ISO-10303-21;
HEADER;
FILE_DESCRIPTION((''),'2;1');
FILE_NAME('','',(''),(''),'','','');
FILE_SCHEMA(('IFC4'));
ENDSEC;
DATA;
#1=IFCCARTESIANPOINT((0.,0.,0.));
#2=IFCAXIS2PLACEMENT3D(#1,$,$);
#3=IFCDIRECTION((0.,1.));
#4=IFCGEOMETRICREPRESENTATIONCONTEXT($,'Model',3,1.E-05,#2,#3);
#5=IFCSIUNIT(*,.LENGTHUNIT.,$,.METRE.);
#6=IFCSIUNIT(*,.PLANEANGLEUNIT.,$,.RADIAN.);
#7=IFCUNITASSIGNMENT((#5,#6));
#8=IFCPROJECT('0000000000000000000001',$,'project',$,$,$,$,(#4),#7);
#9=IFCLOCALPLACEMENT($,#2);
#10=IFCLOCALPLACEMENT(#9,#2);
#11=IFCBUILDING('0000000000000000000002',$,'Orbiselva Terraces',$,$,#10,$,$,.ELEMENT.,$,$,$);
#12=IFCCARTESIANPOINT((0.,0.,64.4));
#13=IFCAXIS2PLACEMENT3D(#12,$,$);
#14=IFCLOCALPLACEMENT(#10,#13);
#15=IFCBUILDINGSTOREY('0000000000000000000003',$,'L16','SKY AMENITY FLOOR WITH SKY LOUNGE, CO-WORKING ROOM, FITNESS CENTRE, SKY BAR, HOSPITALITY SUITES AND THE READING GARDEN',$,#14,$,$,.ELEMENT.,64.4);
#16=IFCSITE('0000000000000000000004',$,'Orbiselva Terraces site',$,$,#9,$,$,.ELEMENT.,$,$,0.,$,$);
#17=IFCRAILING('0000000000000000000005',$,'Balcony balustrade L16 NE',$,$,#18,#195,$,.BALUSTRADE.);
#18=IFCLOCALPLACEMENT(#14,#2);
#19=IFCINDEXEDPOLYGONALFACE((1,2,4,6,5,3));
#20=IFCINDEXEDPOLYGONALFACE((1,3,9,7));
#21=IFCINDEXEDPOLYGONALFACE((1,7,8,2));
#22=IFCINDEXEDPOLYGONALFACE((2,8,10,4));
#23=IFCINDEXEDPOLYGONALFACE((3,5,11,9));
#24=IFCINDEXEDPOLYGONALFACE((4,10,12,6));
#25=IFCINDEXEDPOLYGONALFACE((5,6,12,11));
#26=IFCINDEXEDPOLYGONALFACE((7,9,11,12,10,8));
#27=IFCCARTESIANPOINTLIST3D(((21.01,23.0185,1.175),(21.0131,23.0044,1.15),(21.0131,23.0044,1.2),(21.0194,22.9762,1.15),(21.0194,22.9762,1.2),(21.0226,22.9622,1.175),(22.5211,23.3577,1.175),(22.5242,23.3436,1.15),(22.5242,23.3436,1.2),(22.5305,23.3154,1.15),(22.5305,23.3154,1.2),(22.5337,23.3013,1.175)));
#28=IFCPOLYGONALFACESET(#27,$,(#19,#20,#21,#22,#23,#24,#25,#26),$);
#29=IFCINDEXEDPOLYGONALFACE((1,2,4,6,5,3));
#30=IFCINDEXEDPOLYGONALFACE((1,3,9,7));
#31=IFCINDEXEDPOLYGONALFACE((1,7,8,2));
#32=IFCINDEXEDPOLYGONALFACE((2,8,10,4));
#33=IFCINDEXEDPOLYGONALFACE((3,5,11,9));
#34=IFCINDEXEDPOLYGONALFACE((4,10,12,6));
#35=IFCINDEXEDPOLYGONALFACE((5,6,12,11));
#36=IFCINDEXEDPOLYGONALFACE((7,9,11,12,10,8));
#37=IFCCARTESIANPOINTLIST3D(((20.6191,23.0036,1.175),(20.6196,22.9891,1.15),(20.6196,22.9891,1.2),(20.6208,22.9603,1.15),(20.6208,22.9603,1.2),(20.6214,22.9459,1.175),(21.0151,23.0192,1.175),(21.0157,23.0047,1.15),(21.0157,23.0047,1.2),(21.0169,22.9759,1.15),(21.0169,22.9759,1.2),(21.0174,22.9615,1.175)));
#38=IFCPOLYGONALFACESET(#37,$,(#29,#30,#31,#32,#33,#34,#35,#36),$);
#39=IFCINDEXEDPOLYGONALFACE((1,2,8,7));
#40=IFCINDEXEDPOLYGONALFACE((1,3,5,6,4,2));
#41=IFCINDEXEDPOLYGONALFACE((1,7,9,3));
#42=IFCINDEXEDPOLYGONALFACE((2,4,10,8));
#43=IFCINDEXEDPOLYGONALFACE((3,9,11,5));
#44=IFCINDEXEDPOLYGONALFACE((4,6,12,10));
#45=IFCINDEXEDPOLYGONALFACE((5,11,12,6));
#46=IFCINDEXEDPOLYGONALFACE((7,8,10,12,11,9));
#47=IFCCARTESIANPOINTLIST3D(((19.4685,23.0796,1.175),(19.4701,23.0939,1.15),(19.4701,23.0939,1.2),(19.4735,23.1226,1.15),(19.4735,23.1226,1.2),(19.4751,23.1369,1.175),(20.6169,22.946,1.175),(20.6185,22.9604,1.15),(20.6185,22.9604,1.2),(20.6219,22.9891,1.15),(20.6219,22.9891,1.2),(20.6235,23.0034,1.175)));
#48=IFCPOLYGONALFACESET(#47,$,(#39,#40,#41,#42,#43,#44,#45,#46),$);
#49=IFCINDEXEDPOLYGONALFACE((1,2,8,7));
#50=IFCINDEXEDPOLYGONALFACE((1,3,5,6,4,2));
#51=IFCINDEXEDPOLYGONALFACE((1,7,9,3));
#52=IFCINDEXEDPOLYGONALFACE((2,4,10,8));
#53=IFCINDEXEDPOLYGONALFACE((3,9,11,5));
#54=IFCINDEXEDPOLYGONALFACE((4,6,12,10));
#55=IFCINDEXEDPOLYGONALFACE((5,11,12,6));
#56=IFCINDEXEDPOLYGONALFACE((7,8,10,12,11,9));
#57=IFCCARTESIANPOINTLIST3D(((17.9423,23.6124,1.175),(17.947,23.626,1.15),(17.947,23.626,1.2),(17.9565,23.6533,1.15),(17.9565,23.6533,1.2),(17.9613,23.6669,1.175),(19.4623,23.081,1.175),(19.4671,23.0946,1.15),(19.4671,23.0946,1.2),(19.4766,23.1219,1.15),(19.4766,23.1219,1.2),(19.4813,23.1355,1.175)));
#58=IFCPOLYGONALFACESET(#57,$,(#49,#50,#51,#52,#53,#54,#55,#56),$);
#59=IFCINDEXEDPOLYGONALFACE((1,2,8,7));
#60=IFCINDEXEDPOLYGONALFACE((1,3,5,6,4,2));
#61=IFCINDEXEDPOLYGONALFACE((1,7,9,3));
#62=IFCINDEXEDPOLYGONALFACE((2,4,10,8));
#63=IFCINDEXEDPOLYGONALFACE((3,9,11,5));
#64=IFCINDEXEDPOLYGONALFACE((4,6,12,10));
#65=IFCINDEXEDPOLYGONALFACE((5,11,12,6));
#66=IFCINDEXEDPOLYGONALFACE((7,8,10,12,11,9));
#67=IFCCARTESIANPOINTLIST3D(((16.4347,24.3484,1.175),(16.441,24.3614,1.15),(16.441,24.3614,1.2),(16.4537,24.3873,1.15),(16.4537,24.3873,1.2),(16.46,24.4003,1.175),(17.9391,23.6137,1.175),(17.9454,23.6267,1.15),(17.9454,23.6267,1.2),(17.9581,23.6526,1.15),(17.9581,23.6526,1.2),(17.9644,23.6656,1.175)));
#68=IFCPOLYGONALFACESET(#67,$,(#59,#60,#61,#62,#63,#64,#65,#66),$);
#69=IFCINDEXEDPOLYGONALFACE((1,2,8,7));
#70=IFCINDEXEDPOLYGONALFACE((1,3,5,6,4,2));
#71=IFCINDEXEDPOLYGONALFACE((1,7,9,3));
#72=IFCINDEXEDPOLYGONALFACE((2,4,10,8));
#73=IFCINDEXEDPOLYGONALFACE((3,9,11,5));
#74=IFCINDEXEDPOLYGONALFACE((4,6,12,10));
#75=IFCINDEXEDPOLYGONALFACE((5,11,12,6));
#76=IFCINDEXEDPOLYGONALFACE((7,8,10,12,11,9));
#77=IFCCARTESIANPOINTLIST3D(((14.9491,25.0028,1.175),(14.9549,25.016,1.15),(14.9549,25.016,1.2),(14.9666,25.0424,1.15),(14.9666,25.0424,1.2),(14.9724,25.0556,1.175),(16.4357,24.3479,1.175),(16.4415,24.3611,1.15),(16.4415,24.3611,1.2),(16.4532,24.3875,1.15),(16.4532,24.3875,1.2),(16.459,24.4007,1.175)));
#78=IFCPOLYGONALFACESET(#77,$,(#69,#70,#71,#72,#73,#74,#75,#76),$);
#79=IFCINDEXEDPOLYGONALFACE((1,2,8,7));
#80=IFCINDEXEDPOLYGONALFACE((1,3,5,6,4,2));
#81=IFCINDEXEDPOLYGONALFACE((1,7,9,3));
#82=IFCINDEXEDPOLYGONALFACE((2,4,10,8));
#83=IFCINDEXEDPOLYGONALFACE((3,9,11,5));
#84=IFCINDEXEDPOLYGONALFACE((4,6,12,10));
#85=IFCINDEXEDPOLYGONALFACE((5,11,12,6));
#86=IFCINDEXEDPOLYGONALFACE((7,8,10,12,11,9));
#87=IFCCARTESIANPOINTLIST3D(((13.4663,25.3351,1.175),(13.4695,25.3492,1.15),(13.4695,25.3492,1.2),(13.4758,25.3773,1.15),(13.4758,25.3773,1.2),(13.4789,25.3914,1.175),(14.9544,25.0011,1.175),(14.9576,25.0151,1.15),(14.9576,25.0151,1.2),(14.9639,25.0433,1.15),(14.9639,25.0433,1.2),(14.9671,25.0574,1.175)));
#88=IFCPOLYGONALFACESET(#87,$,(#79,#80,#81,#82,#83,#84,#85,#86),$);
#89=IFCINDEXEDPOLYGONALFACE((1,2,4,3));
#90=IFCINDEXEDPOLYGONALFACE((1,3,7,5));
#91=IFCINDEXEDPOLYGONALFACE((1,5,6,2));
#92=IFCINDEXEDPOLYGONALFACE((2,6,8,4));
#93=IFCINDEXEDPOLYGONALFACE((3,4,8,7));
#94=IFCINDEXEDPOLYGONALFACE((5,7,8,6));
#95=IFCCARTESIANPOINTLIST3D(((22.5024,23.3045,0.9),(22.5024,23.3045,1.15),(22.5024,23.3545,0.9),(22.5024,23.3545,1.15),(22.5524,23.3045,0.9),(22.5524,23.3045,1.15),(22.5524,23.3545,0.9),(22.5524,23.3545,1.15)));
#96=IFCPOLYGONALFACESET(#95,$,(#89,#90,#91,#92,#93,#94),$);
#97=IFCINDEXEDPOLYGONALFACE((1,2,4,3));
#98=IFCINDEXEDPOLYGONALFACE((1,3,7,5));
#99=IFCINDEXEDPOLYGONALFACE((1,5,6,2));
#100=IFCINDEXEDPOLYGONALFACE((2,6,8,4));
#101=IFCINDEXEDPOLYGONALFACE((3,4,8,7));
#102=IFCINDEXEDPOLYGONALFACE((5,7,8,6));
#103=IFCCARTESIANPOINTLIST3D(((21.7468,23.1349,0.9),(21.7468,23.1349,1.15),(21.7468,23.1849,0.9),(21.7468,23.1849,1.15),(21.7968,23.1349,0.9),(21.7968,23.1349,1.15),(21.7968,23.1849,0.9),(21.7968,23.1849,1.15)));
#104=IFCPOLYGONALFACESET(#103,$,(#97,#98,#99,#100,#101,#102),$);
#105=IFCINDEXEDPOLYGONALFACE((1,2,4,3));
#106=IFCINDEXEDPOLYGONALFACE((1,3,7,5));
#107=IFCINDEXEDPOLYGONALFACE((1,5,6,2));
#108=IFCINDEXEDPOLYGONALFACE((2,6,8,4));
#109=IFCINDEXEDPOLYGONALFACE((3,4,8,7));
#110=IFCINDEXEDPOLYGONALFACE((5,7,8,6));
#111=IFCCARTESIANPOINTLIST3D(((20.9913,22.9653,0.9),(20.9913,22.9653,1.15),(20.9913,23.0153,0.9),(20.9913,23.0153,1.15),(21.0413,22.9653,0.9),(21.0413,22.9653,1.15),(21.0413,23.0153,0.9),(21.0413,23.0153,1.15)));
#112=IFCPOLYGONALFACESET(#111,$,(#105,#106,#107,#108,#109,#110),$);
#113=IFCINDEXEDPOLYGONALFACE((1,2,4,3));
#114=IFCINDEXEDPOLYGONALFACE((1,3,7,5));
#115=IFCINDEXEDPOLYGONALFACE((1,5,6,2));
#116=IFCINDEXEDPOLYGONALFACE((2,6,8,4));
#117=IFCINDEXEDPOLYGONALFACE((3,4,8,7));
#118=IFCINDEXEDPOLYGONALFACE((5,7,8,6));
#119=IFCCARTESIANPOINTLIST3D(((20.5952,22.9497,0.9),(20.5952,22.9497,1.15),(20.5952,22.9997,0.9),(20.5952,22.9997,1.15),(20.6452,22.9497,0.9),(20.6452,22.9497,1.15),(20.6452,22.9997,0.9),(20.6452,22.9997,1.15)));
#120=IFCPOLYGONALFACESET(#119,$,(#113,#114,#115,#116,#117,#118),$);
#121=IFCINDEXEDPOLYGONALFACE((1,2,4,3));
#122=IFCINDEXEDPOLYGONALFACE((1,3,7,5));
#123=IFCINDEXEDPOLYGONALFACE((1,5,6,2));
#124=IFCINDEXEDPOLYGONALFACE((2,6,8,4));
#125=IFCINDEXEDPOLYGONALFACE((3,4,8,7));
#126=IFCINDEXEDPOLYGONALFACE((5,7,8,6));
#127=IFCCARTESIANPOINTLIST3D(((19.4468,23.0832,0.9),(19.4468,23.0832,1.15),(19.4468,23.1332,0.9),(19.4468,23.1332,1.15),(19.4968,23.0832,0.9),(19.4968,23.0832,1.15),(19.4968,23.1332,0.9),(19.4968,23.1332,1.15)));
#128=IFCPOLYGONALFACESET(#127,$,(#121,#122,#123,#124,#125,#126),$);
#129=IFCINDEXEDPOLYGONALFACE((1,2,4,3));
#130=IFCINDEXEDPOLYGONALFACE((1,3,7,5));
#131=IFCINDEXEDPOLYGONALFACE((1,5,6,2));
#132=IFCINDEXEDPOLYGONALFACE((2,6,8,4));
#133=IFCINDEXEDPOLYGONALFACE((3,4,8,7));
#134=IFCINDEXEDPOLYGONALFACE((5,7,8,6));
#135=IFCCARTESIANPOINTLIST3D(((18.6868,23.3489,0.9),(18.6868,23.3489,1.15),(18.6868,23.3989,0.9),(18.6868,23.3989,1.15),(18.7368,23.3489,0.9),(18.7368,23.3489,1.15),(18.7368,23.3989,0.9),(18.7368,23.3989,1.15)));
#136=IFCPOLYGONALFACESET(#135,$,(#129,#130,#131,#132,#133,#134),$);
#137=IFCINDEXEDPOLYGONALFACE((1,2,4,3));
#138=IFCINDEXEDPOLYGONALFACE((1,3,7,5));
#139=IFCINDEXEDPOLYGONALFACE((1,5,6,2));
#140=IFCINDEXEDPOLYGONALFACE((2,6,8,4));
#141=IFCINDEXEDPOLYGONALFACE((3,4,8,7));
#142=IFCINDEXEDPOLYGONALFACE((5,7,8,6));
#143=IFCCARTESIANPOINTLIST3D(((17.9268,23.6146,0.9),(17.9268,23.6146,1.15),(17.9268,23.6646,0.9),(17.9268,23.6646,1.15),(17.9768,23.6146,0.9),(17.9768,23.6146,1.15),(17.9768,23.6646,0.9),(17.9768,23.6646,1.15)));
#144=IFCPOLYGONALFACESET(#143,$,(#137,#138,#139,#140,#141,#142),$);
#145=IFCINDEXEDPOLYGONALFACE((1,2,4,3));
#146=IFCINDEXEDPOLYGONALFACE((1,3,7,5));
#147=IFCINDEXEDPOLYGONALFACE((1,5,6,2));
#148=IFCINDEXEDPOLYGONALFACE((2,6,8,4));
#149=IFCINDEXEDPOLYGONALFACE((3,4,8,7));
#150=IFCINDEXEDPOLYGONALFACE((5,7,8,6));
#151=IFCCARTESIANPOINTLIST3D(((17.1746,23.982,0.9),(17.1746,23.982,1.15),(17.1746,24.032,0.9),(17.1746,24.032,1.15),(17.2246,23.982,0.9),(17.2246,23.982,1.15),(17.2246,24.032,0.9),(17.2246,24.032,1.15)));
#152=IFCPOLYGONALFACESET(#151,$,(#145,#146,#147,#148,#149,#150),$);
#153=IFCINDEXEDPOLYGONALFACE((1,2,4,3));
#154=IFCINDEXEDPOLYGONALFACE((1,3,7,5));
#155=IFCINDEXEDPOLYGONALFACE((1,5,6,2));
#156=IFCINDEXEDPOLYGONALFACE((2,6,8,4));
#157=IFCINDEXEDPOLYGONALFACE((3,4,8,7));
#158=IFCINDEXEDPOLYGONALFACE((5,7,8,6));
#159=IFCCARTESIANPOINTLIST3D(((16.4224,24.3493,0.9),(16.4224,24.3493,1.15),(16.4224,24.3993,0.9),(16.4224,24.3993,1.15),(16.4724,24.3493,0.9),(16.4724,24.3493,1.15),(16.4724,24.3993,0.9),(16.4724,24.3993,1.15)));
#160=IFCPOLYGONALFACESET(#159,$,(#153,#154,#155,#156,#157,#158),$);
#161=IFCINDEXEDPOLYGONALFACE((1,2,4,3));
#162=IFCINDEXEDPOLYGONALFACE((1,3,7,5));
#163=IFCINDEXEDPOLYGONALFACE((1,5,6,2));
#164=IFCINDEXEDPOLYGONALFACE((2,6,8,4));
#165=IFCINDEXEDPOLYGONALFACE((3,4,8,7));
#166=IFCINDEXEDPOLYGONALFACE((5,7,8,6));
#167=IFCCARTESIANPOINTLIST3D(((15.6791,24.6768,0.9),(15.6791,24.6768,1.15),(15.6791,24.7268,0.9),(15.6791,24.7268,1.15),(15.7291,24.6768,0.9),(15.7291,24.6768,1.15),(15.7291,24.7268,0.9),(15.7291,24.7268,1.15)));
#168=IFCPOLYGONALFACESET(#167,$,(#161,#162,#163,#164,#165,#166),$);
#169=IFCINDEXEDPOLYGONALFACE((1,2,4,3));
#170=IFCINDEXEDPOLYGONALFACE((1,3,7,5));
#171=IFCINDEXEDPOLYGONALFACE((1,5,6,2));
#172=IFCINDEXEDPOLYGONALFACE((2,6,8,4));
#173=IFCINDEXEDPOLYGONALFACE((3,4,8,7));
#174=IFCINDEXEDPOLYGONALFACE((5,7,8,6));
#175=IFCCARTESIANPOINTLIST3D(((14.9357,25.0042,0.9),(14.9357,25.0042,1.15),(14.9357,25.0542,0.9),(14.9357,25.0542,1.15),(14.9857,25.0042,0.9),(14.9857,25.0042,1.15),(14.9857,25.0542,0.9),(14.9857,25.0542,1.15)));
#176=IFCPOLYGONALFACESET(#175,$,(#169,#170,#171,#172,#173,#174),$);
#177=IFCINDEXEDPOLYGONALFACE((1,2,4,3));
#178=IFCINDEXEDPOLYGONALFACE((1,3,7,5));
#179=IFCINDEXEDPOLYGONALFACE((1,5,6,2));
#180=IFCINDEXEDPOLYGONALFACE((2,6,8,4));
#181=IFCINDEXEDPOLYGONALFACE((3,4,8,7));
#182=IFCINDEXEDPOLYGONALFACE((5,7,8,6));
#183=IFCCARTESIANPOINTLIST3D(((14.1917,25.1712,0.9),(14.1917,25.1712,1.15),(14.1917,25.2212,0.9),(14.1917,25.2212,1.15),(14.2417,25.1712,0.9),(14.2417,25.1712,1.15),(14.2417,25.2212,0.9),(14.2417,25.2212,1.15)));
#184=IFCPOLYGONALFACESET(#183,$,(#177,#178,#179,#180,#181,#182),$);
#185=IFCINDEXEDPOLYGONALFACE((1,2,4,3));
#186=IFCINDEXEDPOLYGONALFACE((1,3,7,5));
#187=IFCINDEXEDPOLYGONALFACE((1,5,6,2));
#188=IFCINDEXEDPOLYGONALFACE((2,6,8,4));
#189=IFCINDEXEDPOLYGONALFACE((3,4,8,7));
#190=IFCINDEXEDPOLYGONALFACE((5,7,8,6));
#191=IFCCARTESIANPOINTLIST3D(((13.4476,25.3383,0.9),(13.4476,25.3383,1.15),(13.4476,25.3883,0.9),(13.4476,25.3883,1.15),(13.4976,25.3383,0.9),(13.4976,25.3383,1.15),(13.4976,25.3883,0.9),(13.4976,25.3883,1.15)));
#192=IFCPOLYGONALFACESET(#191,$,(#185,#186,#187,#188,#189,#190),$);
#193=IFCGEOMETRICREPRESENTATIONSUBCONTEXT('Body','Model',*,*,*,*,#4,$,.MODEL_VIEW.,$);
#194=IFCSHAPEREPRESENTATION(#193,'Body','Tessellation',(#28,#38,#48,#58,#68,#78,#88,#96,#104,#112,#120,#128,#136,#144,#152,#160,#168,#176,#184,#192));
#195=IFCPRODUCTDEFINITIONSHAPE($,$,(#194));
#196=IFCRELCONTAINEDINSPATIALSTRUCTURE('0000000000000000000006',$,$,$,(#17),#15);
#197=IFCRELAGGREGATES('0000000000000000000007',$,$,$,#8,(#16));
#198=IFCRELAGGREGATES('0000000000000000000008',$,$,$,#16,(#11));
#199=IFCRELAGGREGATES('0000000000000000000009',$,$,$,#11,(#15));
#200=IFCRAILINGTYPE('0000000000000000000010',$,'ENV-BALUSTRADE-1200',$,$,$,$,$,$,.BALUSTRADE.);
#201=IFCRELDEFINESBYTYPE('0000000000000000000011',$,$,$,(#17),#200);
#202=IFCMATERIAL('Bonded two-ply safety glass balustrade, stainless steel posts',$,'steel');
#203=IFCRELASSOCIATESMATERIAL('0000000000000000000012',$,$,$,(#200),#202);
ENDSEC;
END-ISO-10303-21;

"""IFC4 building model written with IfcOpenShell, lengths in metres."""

from ifc_helpers import new_model, si_unit, direction, frame, origin, origin_2d, place, context, subcontext, project, spatial, polyline, rectangle, outline, extrude, material, type_object, element, save


model = new_model("IFC4")

# Units and contexts
model_context = context("Model", 3, precision=1e-05, world=origin(), true_north=direction((0.0, 1.0)))
body_context = subcontext(model_context, "Body", "Model", "MODEL_VIEW")
ifc_project = project(units=[si_unit("LENGTHUNIT", "METRE"), si_unit("PLANEANGLEUNIT", "RADIAN")], contexts=[model_context])

# Site, building, storey
site_placement = place(None, origin())
site = spatial("IfcSite", under=ifc_project, at=site_placement, Name="Orbiselva Terraces site", CompositionType="ELEMENT", RefElevation=0.0)
building_placement = place(site_placement, origin())
building = spatial("IfcBuilding", under=site, at=building_placement, Name="Orbiselva Terraces", CompositionType="ELEMENT")
storey_placement = place(building_placement, frame((0.0, 0.0, 64.4)))
storey = spatial("IfcBuildingStorey", under=building, at=storey_placement, Name="L16", Description="SKY AMENITY FLOOR WITH SKY LOUNGE, CO-WORKING ROOM, FITNESS CENTRE, SKY BAR, HOSPITALITY SUITES AND THE READING GARDEN", CompositionType="ELEMENT", Elevation=64.4)

# Railing
ifc_material_1 = material(Name="Bonded two-ply safety glass balustrade, stainless steel posts", Category="steel")
railing_type_1 = type_object("IfcRailingType", Name="ENV-BALUSTRADE-1200", PredefinedType="BALUSTRADE", material=ifc_material_1)
railing_1_placement = place(storey_placement, frame((22.5274, 23.3295, 0.9)))
element("IfcRailing", 1, at=railing_1_placement, inside=storey, type_object=railing_type_1, Name="Balcony balustrade L16 NE", PredefinedType="BALUSTRADE", context=body_context, shape_type="SweptSolid", body=[
    extrude(outline(polyline([(0.0289, 0.0), (0.0144, 0.025), (-0.0144, 0.025), (-0.0289, 0.0), (-0.0144, -0.025), (0.0144, -0.025), (0.0289, 0.0)])), frame((0.0, 0.0, 0.275), z_axis=(-0.975721, -0.219015, 0.0), x_axis=(0.219015, -0.975721, 0.0)), (0.0, 0.0, 1.0), 1.5487),
    extrude(outline(polyline([(0.0289, 0.0), (0.0144, 0.025), (-0.0144, 0.025), (-0.0289, 0.0), (-0.0144, -0.025), (0.0144, -0.025), (0.0289, 0.0)])), frame((-1.5111, -0.3392, 0.275), z_axis=(-0.999225, -0.039369, 0.0), x_axis=(0.039369, -0.999225, 0.0)), (0.0, 0.0, 1.0), 0.3964),
    extrude(outline(polyline([(0.0289, 0.0), (0.0144, 0.025), (-0.0144, 0.025), (-0.0289, 0.0), (-0.0144, -0.025), (0.0144, -0.025), (0.0289, 0.0)])), frame((-1.9072, -0.3548, 0.275), z_axis=(-0.99331, 0.115482, 0.0), x_axis=(-0.115482, -0.99331, 0.0)), (0.0, 0.0, 1.0), 1.1561),
    extrude(outline(polyline([(0.0289, 0.0), (0.0144, 0.025), (-0.0144, 0.025), (-0.0289, 0.0), (-0.0144, -0.025), (0.0144, -0.025), (0.0289, 0.0)])), frame((-3.0556, -0.2213, 0.275), z_axis=(-0.943972, 0.330025, 0.0), x_axis=(-0.330025, -0.943972, 0.0)), (0.0, 0.0, 1.0), 1.6103),
    extrude(outline(polyline([(0.0289, 0.0), (0.0144, 0.025), (-0.0144, 0.025), (-0.0289, 0.0), (-0.0144, -0.025), (0.0144, -0.025), (0.0289, 0.0)])), frame((-4.5756, 0.3101, 0.275), z_axis=(-0.898579, 0.438812, 0.0), x_axis=(-0.438812, -0.898579, 0.0)), (0.0, 0.0, 1.0), 1.6742),
    extrude(outline(polyline([(0.0289, 0.0), (0.0144, 0.025), (-0.0144, 0.025), (-0.0289, 0.0), (-0.0144, -0.025), (0.0144, -0.025), (0.0289, 0.0)])), frame((-6.08, 1.0448, 0.275), z_axis=(-0.915133, 0.403151, 0.0), x_axis=(-0.403151, -0.915133, 0.0)), (0.0, 0.0, 1.0), 1.6245),
    extrude(outline(polyline([(0.0289, 0.0), (0.0144, 0.025), (-0.0144, 0.025), (-0.0289, 0.0), (-0.0144, -0.025), (0.0144, -0.025), (0.0289, 0.0)])), frame((-7.5666, 1.6997, 0.275), z_axis=(-0.975721, 0.219016, 0.0), x_axis=(-0.219016, -0.975721, 0.0)), (0.0, 0.0, 1.0), 1.5252),
    extrude(rectangle(XDim=0.05, YDim=0.05, at=origin_2d()), origin(), (0.0, 0.0, 1.0), 0.25),
    extrude(rectangle(XDim=0.05, YDim=0.05, at=origin_2d()), frame((-0.7555, -0.1696, 0.0)), (0.0, 0.0, 1.0), 0.25),
    extrude(rectangle(XDim=0.05, YDim=0.05, at=origin_2d()), frame((-1.5111, -0.3392, 0.0)), (0.0, 0.0, 1.0), 0.25),
    extrude(rectangle(XDim=0.05, YDim=0.05, at=origin_2d()), frame((-1.9072, -0.3548, 0.0)), (0.0, 0.0, 1.0), 0.25),
    extrude(rectangle(XDim=0.05, YDim=0.05, at=origin_2d()), frame((-3.0556, -0.2213, 0.0)), (0.0, 0.0, 1.0), 0.25),
    extrude(rectangle(XDim=0.05, YDim=0.05, at=origin_2d()), frame((-3.8156, 0.0444, 0.0)), (0.0, 0.0, 1.0), 0.25),
    extrude(rectangle(XDim=0.05, YDim=0.05, at=origin_2d()), frame((-4.5756, 0.3101, 0.0)), (0.0, 0.0, 1.0), 0.25),
    extrude(rectangle(XDim=0.05, YDim=0.05, at=origin_2d()), frame((-5.3278, 0.6775, 0.0)), (0.0, 0.0, 1.0), 0.25),
    extrude(rectangle(XDim=0.05, YDim=0.05, at=origin_2d()), frame((-6.08, 1.0448, 0.0)), (0.0, 0.0, 1.0), 0.25),
    extrude(rectangle(XDim=0.05, YDim=0.05, at=origin_2d()), frame((-6.8233, 1.3723, 0.0)), (0.0, 0.0, 1.0), 0.25),
    extrude(rectangle(XDim=0.05, YDim=0.05, at=origin_2d()), frame((-7.5666, 1.6997, 0.0)), (0.0, 0.0, 1.0), 0.25),
    extrude(rectangle(XDim=0.05, YDim=0.05, at=origin_2d()), frame((-8.3107, 1.8667, 0.0)), (0.0, 0.0, 1.0), 0.25),
    extrude(rectangle(XDim=0.05, YDim=0.05, at=origin_2d()), frame((-9.0548, 2.0338, 0.0)), (0.0, 0.0, 1.0), 0.25),
])

save(model, "model.ifc")
